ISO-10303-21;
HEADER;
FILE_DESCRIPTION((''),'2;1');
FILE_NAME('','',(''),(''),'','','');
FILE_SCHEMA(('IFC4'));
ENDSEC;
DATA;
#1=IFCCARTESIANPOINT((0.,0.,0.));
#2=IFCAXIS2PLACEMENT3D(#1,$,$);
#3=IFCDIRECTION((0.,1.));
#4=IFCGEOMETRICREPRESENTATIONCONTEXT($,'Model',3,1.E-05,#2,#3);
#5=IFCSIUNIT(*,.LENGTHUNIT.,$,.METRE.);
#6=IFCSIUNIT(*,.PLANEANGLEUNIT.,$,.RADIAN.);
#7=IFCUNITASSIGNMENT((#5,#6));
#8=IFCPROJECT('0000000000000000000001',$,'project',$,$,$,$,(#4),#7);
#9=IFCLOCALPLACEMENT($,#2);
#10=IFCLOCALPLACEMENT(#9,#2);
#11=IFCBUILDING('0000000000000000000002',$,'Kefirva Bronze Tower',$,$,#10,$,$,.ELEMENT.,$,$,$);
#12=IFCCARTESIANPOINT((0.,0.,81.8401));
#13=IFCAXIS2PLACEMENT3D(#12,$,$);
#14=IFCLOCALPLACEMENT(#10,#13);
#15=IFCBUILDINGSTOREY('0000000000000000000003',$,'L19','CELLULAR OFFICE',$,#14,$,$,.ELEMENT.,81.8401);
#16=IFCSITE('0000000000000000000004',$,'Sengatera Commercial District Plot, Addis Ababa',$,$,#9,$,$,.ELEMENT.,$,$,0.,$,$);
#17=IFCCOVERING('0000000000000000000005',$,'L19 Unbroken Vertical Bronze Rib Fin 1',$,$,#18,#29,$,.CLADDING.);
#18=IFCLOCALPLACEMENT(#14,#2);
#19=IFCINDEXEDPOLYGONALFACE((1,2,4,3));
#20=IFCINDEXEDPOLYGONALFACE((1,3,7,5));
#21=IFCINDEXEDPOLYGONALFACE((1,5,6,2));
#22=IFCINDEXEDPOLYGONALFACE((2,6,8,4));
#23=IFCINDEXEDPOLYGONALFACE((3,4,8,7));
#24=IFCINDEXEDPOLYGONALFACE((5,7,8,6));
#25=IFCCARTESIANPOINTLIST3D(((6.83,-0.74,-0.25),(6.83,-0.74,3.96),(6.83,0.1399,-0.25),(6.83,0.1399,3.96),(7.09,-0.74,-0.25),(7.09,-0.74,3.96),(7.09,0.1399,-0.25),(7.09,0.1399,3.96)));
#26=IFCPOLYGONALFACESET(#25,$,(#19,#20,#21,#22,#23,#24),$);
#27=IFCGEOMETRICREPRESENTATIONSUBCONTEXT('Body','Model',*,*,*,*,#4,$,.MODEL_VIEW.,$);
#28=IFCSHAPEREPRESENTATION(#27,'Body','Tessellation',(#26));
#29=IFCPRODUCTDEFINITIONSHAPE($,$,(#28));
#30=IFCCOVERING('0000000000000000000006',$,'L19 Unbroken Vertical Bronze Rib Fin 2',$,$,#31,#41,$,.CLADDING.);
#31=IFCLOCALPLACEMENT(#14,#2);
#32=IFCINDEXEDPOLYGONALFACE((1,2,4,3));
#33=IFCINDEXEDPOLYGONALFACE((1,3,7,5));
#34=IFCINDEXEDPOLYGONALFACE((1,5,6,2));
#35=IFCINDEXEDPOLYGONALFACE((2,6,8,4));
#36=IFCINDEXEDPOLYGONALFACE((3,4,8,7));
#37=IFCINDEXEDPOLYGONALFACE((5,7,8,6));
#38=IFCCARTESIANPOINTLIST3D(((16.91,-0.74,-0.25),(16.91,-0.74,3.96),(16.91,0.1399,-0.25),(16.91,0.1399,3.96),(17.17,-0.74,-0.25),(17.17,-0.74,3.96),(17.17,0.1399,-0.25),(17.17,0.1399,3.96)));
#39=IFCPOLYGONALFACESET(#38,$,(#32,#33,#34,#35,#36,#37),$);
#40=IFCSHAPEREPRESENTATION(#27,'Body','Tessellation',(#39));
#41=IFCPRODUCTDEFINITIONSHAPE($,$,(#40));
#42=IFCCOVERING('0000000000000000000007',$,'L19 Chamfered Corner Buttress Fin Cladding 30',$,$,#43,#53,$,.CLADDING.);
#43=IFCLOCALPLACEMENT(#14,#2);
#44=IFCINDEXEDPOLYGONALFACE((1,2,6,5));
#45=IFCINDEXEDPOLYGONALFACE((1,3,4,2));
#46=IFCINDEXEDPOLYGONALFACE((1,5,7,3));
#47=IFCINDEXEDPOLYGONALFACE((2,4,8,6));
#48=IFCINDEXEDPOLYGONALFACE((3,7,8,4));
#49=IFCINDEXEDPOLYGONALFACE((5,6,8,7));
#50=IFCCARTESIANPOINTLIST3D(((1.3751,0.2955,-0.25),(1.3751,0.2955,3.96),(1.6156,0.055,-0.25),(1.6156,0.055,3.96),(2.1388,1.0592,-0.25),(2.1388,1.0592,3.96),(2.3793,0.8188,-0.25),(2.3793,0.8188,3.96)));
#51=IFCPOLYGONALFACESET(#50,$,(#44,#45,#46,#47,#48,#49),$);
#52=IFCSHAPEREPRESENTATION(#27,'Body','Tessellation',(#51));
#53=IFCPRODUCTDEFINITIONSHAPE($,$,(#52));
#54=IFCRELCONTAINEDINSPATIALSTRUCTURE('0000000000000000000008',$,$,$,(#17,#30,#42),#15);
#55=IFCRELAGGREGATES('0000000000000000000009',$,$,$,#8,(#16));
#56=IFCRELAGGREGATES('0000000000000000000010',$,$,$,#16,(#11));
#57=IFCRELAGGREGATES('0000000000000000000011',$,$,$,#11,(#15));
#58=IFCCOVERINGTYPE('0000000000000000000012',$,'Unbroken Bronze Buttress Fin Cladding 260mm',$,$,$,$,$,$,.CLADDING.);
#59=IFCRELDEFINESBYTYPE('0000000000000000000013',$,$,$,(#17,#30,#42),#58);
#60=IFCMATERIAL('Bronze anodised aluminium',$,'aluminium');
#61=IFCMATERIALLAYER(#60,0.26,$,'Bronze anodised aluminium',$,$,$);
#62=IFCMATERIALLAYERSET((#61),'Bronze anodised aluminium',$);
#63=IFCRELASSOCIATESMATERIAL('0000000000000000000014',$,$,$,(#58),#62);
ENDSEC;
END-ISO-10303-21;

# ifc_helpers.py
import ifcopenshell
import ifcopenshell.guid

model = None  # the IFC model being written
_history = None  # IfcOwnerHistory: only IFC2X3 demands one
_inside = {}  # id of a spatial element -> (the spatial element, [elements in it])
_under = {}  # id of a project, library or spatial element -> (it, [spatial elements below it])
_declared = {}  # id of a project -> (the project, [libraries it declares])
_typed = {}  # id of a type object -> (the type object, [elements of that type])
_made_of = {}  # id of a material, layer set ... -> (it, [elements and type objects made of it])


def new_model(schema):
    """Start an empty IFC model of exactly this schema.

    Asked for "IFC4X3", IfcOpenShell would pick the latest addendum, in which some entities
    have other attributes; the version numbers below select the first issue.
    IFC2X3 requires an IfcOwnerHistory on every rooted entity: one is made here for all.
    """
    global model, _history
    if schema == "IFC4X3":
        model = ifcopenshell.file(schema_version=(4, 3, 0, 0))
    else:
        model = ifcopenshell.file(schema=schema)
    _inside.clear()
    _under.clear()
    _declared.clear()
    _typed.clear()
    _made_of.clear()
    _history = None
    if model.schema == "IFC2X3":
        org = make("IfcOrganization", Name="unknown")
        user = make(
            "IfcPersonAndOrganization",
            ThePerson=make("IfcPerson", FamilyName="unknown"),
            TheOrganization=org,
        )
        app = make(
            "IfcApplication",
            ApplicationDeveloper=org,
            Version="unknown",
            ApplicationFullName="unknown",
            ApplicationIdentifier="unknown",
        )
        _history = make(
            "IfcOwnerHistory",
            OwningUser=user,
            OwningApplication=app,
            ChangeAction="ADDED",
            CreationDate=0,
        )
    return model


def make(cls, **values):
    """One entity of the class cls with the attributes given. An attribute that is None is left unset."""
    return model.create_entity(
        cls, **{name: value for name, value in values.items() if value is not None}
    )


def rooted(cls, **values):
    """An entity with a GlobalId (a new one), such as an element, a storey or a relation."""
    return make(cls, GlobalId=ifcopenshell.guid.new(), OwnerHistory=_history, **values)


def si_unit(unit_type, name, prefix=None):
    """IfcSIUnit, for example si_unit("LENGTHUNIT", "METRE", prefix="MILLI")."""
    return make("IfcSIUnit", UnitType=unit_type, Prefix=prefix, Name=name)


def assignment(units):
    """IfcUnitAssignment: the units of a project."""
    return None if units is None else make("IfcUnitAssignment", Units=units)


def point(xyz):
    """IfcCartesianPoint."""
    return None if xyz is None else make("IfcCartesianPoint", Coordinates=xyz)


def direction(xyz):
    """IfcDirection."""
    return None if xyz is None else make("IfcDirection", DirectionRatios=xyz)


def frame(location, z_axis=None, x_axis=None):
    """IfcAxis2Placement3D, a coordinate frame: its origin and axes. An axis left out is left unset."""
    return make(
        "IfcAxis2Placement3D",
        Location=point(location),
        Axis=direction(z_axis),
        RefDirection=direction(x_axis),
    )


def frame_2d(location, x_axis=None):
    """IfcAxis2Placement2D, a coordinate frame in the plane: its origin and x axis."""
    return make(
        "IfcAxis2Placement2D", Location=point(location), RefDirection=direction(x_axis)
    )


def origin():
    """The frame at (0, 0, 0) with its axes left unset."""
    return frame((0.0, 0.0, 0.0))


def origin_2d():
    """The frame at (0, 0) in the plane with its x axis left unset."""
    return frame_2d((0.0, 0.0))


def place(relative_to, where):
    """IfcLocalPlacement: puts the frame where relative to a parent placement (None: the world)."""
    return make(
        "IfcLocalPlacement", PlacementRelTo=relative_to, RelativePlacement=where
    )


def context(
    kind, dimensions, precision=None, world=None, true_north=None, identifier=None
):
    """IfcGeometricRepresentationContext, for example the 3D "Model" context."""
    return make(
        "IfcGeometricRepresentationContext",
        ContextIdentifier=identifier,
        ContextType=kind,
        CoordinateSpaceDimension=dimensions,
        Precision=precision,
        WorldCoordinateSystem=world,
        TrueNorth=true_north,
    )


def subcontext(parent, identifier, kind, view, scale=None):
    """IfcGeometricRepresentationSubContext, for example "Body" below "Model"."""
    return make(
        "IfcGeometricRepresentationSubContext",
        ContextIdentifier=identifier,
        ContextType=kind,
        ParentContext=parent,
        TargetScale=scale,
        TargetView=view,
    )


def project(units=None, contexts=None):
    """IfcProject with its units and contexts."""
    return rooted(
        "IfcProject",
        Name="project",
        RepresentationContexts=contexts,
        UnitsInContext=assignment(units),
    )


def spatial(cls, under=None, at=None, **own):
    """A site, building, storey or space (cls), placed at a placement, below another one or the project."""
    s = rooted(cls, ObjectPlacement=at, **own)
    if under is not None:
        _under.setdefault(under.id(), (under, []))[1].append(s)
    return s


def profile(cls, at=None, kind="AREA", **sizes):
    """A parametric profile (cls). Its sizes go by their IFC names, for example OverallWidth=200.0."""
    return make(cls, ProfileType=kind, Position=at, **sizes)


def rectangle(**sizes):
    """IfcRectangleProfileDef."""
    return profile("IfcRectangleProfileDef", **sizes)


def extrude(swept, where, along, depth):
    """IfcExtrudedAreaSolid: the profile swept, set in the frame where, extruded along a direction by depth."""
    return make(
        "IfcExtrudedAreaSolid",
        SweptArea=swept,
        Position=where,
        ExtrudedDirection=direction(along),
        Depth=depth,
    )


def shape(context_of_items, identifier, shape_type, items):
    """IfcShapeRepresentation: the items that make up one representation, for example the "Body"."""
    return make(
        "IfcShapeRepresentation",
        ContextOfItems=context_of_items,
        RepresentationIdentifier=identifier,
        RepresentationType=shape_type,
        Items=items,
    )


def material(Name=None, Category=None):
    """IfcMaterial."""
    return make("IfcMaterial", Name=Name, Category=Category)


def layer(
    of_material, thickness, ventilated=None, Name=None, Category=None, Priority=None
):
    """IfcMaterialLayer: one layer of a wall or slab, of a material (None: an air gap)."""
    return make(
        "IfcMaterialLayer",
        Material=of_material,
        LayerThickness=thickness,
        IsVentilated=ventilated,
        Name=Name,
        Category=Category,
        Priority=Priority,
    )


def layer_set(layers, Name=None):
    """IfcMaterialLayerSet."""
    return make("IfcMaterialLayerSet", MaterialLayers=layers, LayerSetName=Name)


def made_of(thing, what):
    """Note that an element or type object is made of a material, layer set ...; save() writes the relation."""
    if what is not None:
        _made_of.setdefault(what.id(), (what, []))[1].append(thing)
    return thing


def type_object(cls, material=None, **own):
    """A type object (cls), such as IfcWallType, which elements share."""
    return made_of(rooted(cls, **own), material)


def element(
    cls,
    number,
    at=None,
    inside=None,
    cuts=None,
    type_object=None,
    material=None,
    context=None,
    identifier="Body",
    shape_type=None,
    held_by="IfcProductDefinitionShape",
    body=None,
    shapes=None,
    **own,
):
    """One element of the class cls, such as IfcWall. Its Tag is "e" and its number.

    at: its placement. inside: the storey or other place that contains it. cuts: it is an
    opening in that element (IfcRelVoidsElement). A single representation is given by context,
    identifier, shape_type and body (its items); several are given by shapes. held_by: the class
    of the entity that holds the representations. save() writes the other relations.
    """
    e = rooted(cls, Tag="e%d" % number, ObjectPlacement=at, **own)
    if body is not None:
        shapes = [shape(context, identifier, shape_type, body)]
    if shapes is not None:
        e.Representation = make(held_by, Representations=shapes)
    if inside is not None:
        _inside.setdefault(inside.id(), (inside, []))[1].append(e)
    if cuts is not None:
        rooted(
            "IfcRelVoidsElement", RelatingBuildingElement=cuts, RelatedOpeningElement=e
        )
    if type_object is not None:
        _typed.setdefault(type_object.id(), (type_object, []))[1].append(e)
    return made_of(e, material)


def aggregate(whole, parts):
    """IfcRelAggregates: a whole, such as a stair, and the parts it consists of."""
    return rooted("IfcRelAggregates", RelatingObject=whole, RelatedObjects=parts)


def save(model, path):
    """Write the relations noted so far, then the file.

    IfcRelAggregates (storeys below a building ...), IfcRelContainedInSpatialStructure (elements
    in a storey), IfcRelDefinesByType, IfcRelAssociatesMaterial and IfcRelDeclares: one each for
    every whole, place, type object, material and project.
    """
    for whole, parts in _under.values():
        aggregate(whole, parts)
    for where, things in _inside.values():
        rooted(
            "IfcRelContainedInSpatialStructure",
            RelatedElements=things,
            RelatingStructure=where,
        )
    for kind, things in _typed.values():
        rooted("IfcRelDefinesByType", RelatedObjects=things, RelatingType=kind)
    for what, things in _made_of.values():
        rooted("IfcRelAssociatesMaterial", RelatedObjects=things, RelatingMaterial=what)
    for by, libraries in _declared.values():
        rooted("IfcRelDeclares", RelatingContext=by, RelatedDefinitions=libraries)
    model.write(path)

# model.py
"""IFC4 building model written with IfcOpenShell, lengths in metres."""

from ifc_helpers import new_model, si_unit, direction, frame, origin, origin_2d, place, context, subcontext, project, spatial, rectangle, extrude, material, layer, layer_set, type_object, element, save


model = new_model("IFC4")

# Units and contexts
model_context = context("Model", 3, precision=1e-05, world=origin(), true_north=direction((0.0, 1.0)))
body_context = subcontext(model_context, "Body", "Model", "MODEL_VIEW")
ifc_project = project(units=[si_unit("LENGTHUNIT", "METRE"), si_unit("PLANEANGLEUNIT", "RADIAN")], contexts=[model_context])

# Site, building, storey
site_placement = place(None, origin())
site = spatial("IfcSite", under=ifc_project, at=site_placement, Name="Sengatera Commercial District Plot, Addis Ababa", CompositionType="ELEMENT", RefElevation=0.0)
building_placement = place(site_placement, origin())
building = spatial("IfcBuilding", under=site, at=building_placement, Name="Kefirva Bronze Tower", CompositionType="ELEMENT")
storey_placement = place(building_placement, frame((0.0, 0.0, 81.8401)))
storey = spatial("IfcBuildingStorey", under=building, at=storey_placement, Name="L19", Description="CELLULAR OFFICE", CompositionType="ELEMENT", Elevation=81.8401)

# Shared definitions
ifc_material_1 = material(Name="Bronze anodised aluminium", Category="aluminium")

# Coverings
ifc_layer_1 = layer(ifc_material_1, 0.26, Name="Bronze anodised aluminium")
ifc_layer_set_1 = layer_set([ifc_layer_1], Name="Bronze anodised aluminium")
covering_type_1 = type_object("IfcCoveringType", Name="Unbroken Bronze Buttress Fin Cladding 260mm", PredefinedType="CLADDING", material=ifc_layer_set_1)
for number, where, z_axis, x_axis, name in (
    (1, (6.96, -0.3, -0.25), (0.0, 0.0, 1.0), (1.0, 0.0, 0.0), "L19 Unbroken Vertical Bronze Rib Fin 1"),
    (2, (17.04, -0.3, -0.25), (0.0, 0.0, 1.0), (1.0, 0.0, 0.0), "L19 Unbroken Vertical Bronze Rib Fin 2"),
):
    element("IfcCovering", number, at=place(storey_placement, frame(where, z_axis=z_axis, x_axis=x_axis)), inside=storey, type_object=covering_type_1, Name=name, PredefinedType="CLADDING", context=body_context, shape_type="SweptSolid", body=[
        extrude(rectangle(XDim=0.26, YDim=0.8799, at=origin_2d()), origin(), (0.0, 0.0, 1.0), 4.21),
    ])
covering_1_placement = place(storey_placement, frame((1.8772, 0.5571, -0.25), z_axis=(0.0, 0.0, 1.0), x_axis=(0.707107, -0.707107, 0.0)))
element("IfcCovering", 3, at=covering_1_placement, inside=storey, type_object=covering_type_1, Name="L19 Chamfered Corner Buttress Fin Cladding 30", PredefinedType="CLADDING", context=body_context, shape_type="SweptSolid", body=[
    extrude(rectangle(XDim=0.3401, YDim=1.0801, at=origin_2d()), origin(), (0.0, 0.0, 1.0), 4.21),
])

save(model, "model.ifc")
